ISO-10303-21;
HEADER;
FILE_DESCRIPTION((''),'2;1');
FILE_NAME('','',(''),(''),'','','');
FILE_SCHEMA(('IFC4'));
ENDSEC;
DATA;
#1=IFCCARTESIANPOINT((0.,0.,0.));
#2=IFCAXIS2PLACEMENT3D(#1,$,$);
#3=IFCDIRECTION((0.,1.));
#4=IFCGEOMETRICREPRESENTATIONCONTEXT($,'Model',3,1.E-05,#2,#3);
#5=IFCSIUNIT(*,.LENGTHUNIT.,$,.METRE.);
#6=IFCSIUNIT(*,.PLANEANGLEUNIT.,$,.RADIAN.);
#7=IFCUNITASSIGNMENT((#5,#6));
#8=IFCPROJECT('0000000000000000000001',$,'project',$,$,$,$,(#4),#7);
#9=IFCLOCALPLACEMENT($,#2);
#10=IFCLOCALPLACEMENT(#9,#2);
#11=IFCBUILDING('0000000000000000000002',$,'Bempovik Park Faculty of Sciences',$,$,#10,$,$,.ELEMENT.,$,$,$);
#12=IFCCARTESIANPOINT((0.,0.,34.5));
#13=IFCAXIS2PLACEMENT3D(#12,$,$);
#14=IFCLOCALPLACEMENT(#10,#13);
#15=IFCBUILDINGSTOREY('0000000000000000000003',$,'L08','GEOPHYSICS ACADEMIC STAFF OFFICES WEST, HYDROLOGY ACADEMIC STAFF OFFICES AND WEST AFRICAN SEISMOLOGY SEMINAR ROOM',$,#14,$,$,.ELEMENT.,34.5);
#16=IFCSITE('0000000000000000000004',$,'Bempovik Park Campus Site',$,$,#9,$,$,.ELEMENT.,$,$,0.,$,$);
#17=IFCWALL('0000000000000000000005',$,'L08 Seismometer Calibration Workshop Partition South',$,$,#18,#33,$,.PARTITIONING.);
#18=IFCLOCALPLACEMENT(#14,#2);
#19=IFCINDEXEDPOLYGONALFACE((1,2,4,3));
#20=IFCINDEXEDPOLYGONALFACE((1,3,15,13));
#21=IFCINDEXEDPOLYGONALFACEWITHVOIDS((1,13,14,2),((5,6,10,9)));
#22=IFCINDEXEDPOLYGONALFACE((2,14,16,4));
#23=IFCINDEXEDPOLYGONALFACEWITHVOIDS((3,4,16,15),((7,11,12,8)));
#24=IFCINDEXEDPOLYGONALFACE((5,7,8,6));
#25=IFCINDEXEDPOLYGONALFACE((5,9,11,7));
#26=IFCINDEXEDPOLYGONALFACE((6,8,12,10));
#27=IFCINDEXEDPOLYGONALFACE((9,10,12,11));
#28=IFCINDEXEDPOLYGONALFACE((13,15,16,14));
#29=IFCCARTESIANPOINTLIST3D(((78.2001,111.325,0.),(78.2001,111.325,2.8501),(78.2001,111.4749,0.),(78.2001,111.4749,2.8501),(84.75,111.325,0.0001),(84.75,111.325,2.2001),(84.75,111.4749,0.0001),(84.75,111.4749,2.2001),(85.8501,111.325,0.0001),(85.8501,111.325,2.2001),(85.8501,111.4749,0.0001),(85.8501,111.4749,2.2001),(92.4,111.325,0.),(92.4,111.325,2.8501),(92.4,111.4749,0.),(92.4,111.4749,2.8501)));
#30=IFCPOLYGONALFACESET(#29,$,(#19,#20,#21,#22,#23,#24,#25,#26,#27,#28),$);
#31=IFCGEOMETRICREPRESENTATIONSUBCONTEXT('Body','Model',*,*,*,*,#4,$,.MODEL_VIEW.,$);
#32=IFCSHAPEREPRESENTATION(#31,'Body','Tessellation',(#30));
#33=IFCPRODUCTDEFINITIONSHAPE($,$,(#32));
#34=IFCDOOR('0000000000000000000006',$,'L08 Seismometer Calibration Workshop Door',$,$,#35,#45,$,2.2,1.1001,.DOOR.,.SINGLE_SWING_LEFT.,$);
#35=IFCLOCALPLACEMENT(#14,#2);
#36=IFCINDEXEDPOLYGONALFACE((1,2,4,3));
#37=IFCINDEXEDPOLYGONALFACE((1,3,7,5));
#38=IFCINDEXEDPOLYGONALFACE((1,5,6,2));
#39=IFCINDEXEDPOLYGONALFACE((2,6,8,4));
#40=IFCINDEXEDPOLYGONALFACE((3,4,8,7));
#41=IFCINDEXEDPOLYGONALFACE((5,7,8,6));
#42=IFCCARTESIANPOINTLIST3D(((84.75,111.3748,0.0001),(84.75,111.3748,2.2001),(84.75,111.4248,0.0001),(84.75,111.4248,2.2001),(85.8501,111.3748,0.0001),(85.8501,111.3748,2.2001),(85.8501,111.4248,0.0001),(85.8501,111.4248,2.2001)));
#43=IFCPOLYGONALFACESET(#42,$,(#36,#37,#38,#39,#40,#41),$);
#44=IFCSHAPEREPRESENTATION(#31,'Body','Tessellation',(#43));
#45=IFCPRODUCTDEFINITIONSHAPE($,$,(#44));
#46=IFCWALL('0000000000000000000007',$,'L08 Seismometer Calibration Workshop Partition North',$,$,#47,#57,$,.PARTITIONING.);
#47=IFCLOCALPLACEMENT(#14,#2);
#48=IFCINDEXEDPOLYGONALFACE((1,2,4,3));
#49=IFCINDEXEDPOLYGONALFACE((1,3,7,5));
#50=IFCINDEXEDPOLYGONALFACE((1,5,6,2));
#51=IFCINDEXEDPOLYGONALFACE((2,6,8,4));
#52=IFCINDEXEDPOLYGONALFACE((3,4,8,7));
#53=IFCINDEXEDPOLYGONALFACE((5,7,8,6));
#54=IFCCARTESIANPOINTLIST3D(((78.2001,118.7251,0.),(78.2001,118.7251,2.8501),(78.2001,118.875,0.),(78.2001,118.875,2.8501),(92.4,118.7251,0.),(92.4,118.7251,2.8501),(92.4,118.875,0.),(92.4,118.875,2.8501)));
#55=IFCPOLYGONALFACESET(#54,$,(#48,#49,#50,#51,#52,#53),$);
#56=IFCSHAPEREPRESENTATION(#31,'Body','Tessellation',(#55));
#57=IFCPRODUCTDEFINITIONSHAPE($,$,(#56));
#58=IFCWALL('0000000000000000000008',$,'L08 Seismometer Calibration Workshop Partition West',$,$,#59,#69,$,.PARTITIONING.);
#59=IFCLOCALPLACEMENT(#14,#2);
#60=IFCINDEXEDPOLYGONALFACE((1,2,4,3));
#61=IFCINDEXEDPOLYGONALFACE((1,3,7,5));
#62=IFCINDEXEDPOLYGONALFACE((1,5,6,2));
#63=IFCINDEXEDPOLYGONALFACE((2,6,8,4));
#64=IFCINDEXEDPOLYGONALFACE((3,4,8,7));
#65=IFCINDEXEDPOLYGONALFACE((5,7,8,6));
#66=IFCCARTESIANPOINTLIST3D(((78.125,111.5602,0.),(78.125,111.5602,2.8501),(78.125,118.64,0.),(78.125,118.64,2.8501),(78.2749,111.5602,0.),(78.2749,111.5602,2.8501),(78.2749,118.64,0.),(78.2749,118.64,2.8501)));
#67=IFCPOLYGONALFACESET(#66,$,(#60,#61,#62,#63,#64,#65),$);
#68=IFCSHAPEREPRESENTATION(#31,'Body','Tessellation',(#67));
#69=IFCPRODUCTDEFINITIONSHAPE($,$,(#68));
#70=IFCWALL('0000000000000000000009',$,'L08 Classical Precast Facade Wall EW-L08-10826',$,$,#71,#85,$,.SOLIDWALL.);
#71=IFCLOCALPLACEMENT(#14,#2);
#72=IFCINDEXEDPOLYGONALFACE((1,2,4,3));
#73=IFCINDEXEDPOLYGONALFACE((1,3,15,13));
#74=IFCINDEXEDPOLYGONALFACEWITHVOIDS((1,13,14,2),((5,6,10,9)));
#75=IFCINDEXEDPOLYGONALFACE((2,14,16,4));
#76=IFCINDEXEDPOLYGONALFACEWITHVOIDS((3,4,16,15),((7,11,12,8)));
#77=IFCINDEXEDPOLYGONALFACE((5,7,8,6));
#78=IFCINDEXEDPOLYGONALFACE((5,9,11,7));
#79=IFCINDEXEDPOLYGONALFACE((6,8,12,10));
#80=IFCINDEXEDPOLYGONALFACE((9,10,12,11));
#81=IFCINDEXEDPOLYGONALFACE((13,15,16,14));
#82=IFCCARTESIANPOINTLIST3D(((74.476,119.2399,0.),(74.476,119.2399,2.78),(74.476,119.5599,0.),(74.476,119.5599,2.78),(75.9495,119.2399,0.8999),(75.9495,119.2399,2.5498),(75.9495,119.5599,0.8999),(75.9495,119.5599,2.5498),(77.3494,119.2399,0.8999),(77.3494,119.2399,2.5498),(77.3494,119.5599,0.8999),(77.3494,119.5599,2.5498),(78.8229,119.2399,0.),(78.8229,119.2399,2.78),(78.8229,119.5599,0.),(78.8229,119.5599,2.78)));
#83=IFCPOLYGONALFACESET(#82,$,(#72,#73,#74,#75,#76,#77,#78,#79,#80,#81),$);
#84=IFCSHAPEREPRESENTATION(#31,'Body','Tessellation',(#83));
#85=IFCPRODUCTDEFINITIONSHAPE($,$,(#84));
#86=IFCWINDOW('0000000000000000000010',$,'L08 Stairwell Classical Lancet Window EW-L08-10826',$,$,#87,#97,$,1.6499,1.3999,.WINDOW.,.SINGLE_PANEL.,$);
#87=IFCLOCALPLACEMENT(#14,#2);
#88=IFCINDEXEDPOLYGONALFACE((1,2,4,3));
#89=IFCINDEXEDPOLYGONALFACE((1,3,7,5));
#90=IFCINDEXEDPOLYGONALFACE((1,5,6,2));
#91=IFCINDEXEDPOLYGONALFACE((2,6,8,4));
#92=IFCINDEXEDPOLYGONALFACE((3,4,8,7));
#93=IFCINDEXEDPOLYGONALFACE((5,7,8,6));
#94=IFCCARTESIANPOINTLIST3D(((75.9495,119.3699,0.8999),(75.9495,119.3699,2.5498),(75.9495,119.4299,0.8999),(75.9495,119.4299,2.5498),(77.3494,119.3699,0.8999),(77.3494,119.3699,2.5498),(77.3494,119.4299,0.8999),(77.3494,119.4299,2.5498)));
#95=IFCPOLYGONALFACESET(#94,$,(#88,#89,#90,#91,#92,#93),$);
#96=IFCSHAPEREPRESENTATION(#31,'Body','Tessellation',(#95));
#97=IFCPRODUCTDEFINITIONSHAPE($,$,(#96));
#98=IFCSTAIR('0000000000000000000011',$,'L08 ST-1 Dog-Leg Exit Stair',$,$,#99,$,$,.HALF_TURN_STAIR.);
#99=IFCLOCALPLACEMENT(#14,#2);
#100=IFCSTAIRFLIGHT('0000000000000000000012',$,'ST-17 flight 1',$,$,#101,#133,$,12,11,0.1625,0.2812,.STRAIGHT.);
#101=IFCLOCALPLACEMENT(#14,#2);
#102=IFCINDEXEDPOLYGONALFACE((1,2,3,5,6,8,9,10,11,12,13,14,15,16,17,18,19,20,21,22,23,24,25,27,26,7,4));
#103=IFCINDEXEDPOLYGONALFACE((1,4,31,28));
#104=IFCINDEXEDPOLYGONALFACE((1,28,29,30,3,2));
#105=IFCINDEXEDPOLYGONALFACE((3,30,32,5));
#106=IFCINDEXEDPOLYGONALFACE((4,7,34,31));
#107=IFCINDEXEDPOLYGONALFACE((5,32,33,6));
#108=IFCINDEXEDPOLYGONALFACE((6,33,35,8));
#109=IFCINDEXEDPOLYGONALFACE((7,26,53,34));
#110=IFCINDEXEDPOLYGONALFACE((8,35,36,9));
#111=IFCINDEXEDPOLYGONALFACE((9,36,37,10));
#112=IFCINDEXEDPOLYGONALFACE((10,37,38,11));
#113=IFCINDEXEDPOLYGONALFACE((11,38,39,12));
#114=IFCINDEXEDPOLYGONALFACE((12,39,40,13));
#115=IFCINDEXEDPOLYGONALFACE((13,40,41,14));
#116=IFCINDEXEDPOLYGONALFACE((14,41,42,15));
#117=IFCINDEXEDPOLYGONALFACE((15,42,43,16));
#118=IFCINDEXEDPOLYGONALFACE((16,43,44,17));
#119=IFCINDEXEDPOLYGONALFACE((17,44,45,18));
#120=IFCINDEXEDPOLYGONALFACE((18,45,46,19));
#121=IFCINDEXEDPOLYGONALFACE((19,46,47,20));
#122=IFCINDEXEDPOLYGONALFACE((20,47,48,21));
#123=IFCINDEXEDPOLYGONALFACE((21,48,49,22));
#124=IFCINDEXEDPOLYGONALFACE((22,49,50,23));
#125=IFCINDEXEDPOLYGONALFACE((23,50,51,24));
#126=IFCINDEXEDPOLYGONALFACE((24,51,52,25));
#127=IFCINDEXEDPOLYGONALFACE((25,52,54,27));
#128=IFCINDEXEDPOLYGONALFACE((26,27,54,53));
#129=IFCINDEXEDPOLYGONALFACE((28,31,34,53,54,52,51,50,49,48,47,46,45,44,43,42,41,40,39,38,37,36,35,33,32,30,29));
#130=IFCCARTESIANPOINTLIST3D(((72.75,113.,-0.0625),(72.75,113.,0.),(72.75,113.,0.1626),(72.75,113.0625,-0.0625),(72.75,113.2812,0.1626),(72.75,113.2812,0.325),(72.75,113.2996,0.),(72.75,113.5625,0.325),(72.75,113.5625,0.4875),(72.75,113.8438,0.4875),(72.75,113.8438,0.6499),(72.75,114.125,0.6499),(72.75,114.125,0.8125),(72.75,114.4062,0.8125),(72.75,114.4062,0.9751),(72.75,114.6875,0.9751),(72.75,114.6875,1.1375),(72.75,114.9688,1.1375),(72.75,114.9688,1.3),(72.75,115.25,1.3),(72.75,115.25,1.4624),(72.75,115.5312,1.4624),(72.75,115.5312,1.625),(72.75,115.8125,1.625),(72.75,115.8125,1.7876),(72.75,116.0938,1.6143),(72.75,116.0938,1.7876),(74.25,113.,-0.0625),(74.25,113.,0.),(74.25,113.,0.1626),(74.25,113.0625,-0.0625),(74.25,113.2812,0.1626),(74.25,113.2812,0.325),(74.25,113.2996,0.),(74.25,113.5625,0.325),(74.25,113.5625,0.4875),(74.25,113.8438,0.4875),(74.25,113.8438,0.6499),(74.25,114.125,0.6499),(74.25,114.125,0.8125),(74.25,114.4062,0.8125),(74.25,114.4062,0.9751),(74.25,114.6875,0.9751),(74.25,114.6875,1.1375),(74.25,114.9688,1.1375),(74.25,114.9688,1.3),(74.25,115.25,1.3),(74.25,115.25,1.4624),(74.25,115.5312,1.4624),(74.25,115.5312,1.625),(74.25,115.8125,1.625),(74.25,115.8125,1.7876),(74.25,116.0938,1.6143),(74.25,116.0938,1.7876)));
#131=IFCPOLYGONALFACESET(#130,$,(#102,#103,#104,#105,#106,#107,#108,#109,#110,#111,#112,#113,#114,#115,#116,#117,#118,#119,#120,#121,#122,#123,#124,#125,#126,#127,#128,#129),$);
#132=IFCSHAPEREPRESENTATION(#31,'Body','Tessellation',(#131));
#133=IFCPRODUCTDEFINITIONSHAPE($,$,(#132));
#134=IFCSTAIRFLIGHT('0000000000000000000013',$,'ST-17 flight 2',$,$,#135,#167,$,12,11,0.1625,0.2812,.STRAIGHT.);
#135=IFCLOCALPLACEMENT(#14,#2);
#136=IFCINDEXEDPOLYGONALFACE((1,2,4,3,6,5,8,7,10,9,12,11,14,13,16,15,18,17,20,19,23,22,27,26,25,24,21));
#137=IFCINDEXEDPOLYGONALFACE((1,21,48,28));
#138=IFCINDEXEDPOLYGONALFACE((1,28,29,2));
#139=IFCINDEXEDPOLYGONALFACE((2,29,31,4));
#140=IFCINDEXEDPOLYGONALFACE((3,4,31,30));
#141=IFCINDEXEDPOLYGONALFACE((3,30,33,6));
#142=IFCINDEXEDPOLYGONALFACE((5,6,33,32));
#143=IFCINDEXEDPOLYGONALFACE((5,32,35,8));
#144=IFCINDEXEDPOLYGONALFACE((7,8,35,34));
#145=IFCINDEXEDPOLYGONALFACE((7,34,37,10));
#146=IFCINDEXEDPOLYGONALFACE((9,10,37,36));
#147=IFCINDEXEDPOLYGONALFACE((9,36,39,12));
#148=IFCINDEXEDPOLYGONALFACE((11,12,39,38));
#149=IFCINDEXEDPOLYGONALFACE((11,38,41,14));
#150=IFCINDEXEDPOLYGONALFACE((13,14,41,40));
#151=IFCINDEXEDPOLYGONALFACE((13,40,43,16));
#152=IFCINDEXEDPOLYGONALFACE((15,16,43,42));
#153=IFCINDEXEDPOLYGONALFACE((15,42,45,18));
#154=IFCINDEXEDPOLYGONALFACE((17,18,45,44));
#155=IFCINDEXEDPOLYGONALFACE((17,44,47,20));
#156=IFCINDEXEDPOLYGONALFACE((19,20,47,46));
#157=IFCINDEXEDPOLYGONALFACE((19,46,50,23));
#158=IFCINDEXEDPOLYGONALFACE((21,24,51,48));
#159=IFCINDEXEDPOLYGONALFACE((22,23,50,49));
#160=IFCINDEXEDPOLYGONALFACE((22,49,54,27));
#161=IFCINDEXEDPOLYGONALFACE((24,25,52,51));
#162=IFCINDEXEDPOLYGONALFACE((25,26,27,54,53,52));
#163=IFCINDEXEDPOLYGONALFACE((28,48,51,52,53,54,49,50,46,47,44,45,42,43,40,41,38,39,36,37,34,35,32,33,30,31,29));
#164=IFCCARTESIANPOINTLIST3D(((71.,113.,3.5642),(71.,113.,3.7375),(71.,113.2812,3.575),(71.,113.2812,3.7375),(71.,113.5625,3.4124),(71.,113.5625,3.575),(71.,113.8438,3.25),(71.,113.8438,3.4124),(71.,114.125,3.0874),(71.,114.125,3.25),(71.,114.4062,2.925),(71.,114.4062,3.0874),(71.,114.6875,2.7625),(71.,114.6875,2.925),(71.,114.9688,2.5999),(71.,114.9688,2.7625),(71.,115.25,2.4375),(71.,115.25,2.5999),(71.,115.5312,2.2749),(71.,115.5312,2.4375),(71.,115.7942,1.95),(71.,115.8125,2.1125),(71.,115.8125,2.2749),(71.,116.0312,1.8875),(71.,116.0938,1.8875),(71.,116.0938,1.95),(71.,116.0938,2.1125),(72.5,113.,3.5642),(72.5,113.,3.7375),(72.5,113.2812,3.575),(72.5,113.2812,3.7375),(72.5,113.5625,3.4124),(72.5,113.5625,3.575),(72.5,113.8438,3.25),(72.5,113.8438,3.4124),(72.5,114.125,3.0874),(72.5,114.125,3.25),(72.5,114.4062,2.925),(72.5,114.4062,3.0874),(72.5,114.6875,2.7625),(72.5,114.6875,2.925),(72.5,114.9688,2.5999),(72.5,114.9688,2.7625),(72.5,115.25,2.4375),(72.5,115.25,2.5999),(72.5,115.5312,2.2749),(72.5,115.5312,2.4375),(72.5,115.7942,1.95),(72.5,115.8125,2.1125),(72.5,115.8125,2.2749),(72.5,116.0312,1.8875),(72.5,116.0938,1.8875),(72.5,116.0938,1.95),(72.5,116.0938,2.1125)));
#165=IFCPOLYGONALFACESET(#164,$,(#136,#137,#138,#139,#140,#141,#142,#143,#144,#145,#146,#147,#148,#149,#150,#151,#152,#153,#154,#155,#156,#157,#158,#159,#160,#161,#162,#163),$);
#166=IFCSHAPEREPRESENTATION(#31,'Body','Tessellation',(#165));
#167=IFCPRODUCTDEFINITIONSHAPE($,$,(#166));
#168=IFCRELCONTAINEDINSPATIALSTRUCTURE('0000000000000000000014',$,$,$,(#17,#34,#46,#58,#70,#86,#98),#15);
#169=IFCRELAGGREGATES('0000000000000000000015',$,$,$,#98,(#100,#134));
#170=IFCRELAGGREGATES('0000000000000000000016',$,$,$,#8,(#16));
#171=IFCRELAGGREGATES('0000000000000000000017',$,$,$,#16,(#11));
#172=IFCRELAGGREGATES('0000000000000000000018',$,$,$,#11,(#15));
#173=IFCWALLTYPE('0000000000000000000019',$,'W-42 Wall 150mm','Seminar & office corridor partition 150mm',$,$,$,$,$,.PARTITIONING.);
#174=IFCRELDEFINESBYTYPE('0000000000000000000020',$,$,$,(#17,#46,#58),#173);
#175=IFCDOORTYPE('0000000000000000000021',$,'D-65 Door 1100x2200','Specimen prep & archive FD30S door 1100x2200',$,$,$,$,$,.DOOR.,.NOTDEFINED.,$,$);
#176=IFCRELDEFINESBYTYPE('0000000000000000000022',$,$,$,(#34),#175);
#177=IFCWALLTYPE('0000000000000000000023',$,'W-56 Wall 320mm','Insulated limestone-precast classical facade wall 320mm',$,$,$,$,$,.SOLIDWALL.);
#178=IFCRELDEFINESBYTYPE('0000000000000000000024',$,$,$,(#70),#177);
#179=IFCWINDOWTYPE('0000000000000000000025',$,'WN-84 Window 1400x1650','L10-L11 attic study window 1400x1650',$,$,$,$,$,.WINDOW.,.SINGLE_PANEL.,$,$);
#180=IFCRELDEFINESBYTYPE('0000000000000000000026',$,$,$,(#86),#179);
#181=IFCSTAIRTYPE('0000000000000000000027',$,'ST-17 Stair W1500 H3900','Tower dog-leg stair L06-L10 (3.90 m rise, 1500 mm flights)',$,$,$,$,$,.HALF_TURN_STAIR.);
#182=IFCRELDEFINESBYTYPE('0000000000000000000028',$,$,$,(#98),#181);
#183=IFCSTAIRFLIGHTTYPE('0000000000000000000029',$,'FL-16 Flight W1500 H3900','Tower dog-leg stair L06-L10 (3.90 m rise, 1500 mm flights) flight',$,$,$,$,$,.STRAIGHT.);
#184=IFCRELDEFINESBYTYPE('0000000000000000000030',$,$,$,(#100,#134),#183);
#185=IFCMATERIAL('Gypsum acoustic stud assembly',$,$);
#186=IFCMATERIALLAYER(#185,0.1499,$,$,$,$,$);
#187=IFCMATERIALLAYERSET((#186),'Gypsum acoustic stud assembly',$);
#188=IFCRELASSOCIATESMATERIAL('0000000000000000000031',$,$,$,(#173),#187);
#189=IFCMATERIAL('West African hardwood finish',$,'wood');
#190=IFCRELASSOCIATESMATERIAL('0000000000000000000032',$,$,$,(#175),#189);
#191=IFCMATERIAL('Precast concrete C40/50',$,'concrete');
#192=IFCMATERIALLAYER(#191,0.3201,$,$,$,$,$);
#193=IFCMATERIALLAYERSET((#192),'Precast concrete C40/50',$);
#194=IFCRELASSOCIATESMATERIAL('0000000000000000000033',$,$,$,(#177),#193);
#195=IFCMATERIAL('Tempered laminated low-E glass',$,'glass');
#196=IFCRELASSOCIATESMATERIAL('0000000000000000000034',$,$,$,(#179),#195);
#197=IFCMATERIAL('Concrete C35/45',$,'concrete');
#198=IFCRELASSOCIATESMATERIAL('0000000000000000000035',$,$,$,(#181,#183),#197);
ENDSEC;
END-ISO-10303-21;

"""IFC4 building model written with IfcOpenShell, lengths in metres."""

from ifc_helpers import new_model, si_unit, direction, frame, frame_2d, origin, place, context, subcontext, project, spatial, polyline, rectangle, outline, extrude, material, layer, layer_set, type_object, element, fill, aggregate, save


model = new_model("IFC4")

# Units and contexts
model_context = context("Model", 3, precision=1e-05, world=origin(), true_north=direction((0.0, 1.0)))
body_context = subcontext(model_context, "Body", "Model", "MODEL_VIEW")
ifc_project = project(units=[si_unit("LENGTHUNIT", "METRE"), si_unit("PLANEANGLEUNIT", "RADIAN")], contexts=[model_context])

# Site, building, storey
site_placement = place(None, origin())
site = spatial("IfcSite", under=ifc_project, at=site_placement, Name="Bempovik Park Campus Site", CompositionType="ELEMENT", RefElevation=0.0)
building_placement = place(site_placement, origin())
building = spatial("IfcBuilding", under=site, at=building_placement, Name="Bempovik Park Faculty of Sciences", CompositionType="ELEMENT")
storey_placement = place(building_placement, frame((0.0, 0.0, 34.5)))
storey = spatial("IfcBuildingStorey", under=building, at=storey_placement, Name="L08", Description="GEOPHYSICS ACADEMIC STAFF OFFICES WEST, HYDROLOGY ACADEMIC STAFF OFFICES AND WEST AFRICAN SEISMOLOGY SEMINAR ROOM", CompositionType="ELEMENT", Elevation=34.5)

# Shared definitions
ifc_material_1 = material(Name="Concrete C35/45", Category="concrete")

# Wall, opening, door
ifc_material_2 = material(Name="Gypsum acoustic stud assembly")
ifc_layer_1 = layer(ifc_material_2, 0.1499)
ifc_layer_set_1 = layer_set([ifc_layer_1], Name="Gypsum acoustic stud assembly")
wall_type_1 = type_object("IfcWallType", Name="W-42 Wall 150mm", Description="Seminar & office corridor partition 150mm", PredefinedType="PARTITIONING", material=ifc_layer_set_1)
wall_1_placement = place(storey_placement, frame((78.2, 111.3999, 0.0), z_axis=(0.0, 0.0, 1.0), x_axis=(1.0, 0.0, 0.0)))
wall_1 = element("IfcWall", 1, at=wall_1_placement, inside=storey, type_object=wall_type_1, Name="L08 Seismometer Calibration Workshop Partition South", PredefinedType="PARTITIONING", context=body_context, shape_type="SweptSolid", body=[
    extrude(rectangle(XDim=14.2, YDim=0.1499, at=frame_2d((7.1001, 0.0))), origin(), (0.0, 0.0, 1.0), 2.8501),
])
opening_1_placement = place(wall_1_placement, frame((6.55, 0.0, 0.0)))
opening_1 = element("IfcOpeningElement", 2, at=opening_1_placement, cuts=wall_1, PredefinedType="OPENING", context=body_context, shape_type="SweptSolid", body=[
    extrude(rectangle(XDim=1.1001, YDim=2.2, at=frame_2d((0.55, 1.1001))), frame((0.0, 0.085, 0.0), z_axis=(0.0, -1.0, 0.0), x_axis=(1.0, 0.0, 0.0)), (0.0, 0.0, 1.0), 0.1699),
])
ifc_material_3 = material(Name="West African hardwood finish", Category="wood")
door_type_1 = type_object("IfcDoorType", Name="D-65 Door 1100x2200", Description="Specimen prep & archive FD30S door 1100x2200", OperationType="NOTDEFINED", PredefinedType="DOOR", material=ifc_material_3)
door_1_placement = place(opening_1_placement, origin())
door_1 = element("IfcDoor", 3, at=door_1_placement, inside=storey, type_object=door_type_1, Name="L08 Seismometer Calibration Workshop Door", OperationType="SINGLE_SWING_LEFT", OverallHeight=2.2, OverallWidth=1.1001, PredefinedType="DOOR", context=body_context, shape_type="SweptSolid", body=[
    extrude(rectangle(XDim=1.1001, YDim=2.2, at=frame_2d((0.55, 1.1001))), frame((0.0, 0.0249, 0.0), z_axis=(0.0, -1.0, 0.0), x_axis=(1.0, 0.0, 0.0)), (0.0, 0.0, 1.0), 0.05),
])
fill(opening_1, door_1)

# Walls
wall_2_placement = place(storey_placement, frame((78.2, 118.8, 0.0), z_axis=(0.0, 0.0, 1.0), x_axis=(1.0, 0.0, 0.0)))
element("IfcWall", 4, at=wall_2_placement, inside=storey, type_object=wall_type_1, Name="L08 Seismometer Calibration Workshop Partition North", PredefinedType="PARTITIONING", context=body_context, shape_type="SweptSolid", body=[
    extrude(rectangle(XDim=14.2, YDim=0.1499, at=frame_2d((7.1001, 0.0))), origin(), (0.0, 0.0, 1.0), 2.8501),
])
wall_3_placement = place(storey_placement, frame((78.2, 111.5601, 0.0), z_axis=(0.0, 0.0, 1.0), x_axis=(0.0, 1.0, 0.0)))
element("IfcWall", 5, at=wall_3_placement, inside=storey, type_object=wall_type_1, Name="L08 Seismometer Calibration Workshop Partition West", PredefinedType="PARTITIONING", context=body_context, shape_type="SweptSolid", body=[
    extrude(rectangle(XDim=7.0798, YDim=0.1499, at=frame_2d((3.54, 0.0))), origin(), (0.0, 0.0, 1.0), 2.8501),
])

# Wall, opening, window
ifc_material_4 = material(Name="Precast concrete C40/50", Category="concrete")
ifc_layer_2 = layer(ifc_material_4, 0.3201)
ifc_layer_set_2 = layer_set([ifc_layer_2], Name="Precast concrete C40/50")
wall_type_2 = type_object("IfcWallType", Name="W-56 Wall 320mm", Description="Insulated limestone-precast classical facade wall 320mm", PredefinedType="SOLIDWALL", material=ifc_layer_set_2)
wall_4_placement = place(storey_placement, frame((74.4761, 119.3999, 0.0), z_axis=(0.0, 0.0, 1.0), x_axis=(1.0, 0.0, 0.0)))
wall_4 = element("IfcWall", 6, at=wall_4_placement, inside=storey, type_object=wall_type_2, Name="L08 Classical Precast Facade Wall EW-L08-10826", PredefinedType="SOLIDWALL", context=body_context, shape_type="SweptSolid", body=[
    extrude(rectangle(XDim=4.3469, YDim=0.3201, at=frame_2d((2.1733, 0.0))), origin(), (0.0, 0.0, 1.0), 2.78),
])
opening_2_placement = place(wall_4_placement, frame((1.4734, 0.0, 0.8999)))
opening_2 = element("IfcOpeningElement", 7, at=opening_2_placement, cuts=wall_4, PredefinedType="OPENING", context=body_context, shape_type="SweptSolid", body=[
    extrude(rectangle(XDim=1.3999, YDim=1.6499, at=frame_2d((0.7, 0.825))), frame((0.0, 0.1699, 0.0), z_axis=(0.0, -1.0, 0.0), x_axis=(1.0, 0.0, 0.0)), (0.0, 0.0, 1.0), 0.3401),
])
ifc_material_5 = material(Name="Tempered laminated low-E glass", Category="glass")
window_type = type_object("IfcWindowType", Name="WN-84 Window 1400x1650", Description="L10-L11 attic study window 1400x1650", PartitioningType="SINGLE_PANEL", PredefinedType="WINDOW", material=ifc_material_5)
window_placement = place(opening_2_placement, origin())
window = element("IfcWindow", 8, at=window_placement, inside=storey, type_object=window_type, Name="L08 Stairwell Classical Lancet Window EW-L08-10826", OverallHeight=1.6499, OverallWidth=1.3999, PartitioningType="SINGLE_PANEL", PredefinedType="WINDOW", context=body_context, shape_type="SweptSolid", body=[
    extrude(rectangle(XDim=1.3999, YDim=1.6499, at=frame_2d((0.7, 0.825))), frame((0.0, 0.03, 0.0), z_axis=(0.0, -1.0, 0.0), x_axis=(1.0, 0.0, 0.0)), (0.0, 0.0, 1.0), 0.0601),
])
fill(opening_2, window)

# Stair, stair flights
stair_type = type_object("IfcStairType", Name="ST-17 Stair W1500 H3900", Description="Tower dog-leg stair L06-L10 (3.90 m rise, 1500 mm flights)", PredefinedType="HALF_TURN_STAIR", material=ifc_material_1)
stair_placement = place(storey_placement, origin())
stair = element("IfcStair", 9, at=stair_placement, inside=storey, type_object=stair_type, Name="L08 ST-1 Dog-Leg Exit Stair", PredefinedType="HALF_TURN_STAIR")
stair_flight_type = type_object("IfcStairFlightType", Name="FL-16 Flight W1500 H3900", Description="Tower dog-leg stair L06-L10 (3.90 m rise, 1500 mm flights) flight", PredefinedType="STRAIGHT", material=ifc_material_1)
stair_flight_1_placement = place(storey_placement, frame((73.5, 113.0, 0.0), z_axis=(0.0, 0.0, 1.0), x_axis=(0.0, 1.0, 0.0)))
stair_flight_1 = element("IfcStairFlight", 10, at=stair_flight_1_placement, type_object=stair_flight_type, Name="ST-17 flight 1", NumberOfRisers=12, NumberOfTreads=11, PredefinedType="STRAIGHT", RiserHeight=0.1625, TreadLength=0.2812, context=body_context, shape_type="SweptSolid", body=[
    extrude(outline(polyline([(0.0, 0.0), (0.0, 0.1626), (0.2812, 0.1626), (0.2812, 0.325), (0.5625, 0.325), (0.5625, 0.4875), (0.8438, 0.4875), (0.8438, 0.6499), (1.125, 0.6499), (1.125, 0.8125), (1.4062, 0.8125), (1.4062, 0.9751), (1.6875, 0.9751), (1.6875, 1.1375), (1.9688, 1.1375), (1.9688, 1.3), (2.25, 1.3), (2.25, 1.4624), (2.5312, 1.4624), (2.5312, 1.625), (2.8125, 1.625), (2.8125, 1.7876), (3.0938, 1.7876), (3.0938, 1.95), (3.0938, 1.6143), (0.2996, 0.0), (0.0625, -0.0625), (0.0, -0.0625), (0.0, 0.0)])), frame((0.0, 0.75, 0.0), z_axis=(0.0, -1.0, 0.0), x_axis=(1.0, 0.0, 0.0)), (0.0, 0.0, 1.0), 1.5),
])
stair_flight_2_placement = place(storey_placement, frame((71.75, 116.0938, 1.95), z_axis=(0.0, 0.0, 1.0), x_axis=(0.0, -1.0, 0.0)))
stair_flight_2 = element("IfcStairFlight", 11, at=stair_flight_2_placement, type_object=stair_flight_type, Name="ST-17 flight 2", NumberOfRisers=12, NumberOfTreads=11, PredefinedType="STRAIGHT", RiserHeight=0.1625, TreadLength=0.2812, context=body_context, shape_type="SweptSolid", body=[
    extrude(outline(polyline([(0.0, 0.0), (0.0, 0.1626), (0.2812, 0.1626), (0.2812, 0.325), (0.5625, 0.325), (0.5625, 0.4875), (0.8438, 0.4875), (0.8438, 0.6499), (1.125, 0.6499), (1.125, 0.8125), (1.4062, 0.8125), (1.4062, 0.9751), (1.6875, 0.9751), (1.6875, 1.1375), (1.9688, 1.1375), (1.9688, 1.3), (2.25, 1.3), (2.25, 1.4624), (2.5312, 1.4624), (2.5312, 1.625), (2.8125, 1.625), (2.8125, 1.7876), (3.0938, 1.7876), (3.0938, 1.95), (3.0938, 1.6143), (0.2996, 0.0), (0.0625, -0.0625), (0.0, -0.0625), (0.0, 0.0)])), frame((0.0, 0.75, 0.0), z_axis=(0.0, -1.0, 0.0), x_axis=(1.0, 0.0, 0.0)), (0.0, 0.0, 1.0), 1.5),
])
aggregate(stair, [stair_flight_1, stair_flight_2])

save(model, "model.ifc")
